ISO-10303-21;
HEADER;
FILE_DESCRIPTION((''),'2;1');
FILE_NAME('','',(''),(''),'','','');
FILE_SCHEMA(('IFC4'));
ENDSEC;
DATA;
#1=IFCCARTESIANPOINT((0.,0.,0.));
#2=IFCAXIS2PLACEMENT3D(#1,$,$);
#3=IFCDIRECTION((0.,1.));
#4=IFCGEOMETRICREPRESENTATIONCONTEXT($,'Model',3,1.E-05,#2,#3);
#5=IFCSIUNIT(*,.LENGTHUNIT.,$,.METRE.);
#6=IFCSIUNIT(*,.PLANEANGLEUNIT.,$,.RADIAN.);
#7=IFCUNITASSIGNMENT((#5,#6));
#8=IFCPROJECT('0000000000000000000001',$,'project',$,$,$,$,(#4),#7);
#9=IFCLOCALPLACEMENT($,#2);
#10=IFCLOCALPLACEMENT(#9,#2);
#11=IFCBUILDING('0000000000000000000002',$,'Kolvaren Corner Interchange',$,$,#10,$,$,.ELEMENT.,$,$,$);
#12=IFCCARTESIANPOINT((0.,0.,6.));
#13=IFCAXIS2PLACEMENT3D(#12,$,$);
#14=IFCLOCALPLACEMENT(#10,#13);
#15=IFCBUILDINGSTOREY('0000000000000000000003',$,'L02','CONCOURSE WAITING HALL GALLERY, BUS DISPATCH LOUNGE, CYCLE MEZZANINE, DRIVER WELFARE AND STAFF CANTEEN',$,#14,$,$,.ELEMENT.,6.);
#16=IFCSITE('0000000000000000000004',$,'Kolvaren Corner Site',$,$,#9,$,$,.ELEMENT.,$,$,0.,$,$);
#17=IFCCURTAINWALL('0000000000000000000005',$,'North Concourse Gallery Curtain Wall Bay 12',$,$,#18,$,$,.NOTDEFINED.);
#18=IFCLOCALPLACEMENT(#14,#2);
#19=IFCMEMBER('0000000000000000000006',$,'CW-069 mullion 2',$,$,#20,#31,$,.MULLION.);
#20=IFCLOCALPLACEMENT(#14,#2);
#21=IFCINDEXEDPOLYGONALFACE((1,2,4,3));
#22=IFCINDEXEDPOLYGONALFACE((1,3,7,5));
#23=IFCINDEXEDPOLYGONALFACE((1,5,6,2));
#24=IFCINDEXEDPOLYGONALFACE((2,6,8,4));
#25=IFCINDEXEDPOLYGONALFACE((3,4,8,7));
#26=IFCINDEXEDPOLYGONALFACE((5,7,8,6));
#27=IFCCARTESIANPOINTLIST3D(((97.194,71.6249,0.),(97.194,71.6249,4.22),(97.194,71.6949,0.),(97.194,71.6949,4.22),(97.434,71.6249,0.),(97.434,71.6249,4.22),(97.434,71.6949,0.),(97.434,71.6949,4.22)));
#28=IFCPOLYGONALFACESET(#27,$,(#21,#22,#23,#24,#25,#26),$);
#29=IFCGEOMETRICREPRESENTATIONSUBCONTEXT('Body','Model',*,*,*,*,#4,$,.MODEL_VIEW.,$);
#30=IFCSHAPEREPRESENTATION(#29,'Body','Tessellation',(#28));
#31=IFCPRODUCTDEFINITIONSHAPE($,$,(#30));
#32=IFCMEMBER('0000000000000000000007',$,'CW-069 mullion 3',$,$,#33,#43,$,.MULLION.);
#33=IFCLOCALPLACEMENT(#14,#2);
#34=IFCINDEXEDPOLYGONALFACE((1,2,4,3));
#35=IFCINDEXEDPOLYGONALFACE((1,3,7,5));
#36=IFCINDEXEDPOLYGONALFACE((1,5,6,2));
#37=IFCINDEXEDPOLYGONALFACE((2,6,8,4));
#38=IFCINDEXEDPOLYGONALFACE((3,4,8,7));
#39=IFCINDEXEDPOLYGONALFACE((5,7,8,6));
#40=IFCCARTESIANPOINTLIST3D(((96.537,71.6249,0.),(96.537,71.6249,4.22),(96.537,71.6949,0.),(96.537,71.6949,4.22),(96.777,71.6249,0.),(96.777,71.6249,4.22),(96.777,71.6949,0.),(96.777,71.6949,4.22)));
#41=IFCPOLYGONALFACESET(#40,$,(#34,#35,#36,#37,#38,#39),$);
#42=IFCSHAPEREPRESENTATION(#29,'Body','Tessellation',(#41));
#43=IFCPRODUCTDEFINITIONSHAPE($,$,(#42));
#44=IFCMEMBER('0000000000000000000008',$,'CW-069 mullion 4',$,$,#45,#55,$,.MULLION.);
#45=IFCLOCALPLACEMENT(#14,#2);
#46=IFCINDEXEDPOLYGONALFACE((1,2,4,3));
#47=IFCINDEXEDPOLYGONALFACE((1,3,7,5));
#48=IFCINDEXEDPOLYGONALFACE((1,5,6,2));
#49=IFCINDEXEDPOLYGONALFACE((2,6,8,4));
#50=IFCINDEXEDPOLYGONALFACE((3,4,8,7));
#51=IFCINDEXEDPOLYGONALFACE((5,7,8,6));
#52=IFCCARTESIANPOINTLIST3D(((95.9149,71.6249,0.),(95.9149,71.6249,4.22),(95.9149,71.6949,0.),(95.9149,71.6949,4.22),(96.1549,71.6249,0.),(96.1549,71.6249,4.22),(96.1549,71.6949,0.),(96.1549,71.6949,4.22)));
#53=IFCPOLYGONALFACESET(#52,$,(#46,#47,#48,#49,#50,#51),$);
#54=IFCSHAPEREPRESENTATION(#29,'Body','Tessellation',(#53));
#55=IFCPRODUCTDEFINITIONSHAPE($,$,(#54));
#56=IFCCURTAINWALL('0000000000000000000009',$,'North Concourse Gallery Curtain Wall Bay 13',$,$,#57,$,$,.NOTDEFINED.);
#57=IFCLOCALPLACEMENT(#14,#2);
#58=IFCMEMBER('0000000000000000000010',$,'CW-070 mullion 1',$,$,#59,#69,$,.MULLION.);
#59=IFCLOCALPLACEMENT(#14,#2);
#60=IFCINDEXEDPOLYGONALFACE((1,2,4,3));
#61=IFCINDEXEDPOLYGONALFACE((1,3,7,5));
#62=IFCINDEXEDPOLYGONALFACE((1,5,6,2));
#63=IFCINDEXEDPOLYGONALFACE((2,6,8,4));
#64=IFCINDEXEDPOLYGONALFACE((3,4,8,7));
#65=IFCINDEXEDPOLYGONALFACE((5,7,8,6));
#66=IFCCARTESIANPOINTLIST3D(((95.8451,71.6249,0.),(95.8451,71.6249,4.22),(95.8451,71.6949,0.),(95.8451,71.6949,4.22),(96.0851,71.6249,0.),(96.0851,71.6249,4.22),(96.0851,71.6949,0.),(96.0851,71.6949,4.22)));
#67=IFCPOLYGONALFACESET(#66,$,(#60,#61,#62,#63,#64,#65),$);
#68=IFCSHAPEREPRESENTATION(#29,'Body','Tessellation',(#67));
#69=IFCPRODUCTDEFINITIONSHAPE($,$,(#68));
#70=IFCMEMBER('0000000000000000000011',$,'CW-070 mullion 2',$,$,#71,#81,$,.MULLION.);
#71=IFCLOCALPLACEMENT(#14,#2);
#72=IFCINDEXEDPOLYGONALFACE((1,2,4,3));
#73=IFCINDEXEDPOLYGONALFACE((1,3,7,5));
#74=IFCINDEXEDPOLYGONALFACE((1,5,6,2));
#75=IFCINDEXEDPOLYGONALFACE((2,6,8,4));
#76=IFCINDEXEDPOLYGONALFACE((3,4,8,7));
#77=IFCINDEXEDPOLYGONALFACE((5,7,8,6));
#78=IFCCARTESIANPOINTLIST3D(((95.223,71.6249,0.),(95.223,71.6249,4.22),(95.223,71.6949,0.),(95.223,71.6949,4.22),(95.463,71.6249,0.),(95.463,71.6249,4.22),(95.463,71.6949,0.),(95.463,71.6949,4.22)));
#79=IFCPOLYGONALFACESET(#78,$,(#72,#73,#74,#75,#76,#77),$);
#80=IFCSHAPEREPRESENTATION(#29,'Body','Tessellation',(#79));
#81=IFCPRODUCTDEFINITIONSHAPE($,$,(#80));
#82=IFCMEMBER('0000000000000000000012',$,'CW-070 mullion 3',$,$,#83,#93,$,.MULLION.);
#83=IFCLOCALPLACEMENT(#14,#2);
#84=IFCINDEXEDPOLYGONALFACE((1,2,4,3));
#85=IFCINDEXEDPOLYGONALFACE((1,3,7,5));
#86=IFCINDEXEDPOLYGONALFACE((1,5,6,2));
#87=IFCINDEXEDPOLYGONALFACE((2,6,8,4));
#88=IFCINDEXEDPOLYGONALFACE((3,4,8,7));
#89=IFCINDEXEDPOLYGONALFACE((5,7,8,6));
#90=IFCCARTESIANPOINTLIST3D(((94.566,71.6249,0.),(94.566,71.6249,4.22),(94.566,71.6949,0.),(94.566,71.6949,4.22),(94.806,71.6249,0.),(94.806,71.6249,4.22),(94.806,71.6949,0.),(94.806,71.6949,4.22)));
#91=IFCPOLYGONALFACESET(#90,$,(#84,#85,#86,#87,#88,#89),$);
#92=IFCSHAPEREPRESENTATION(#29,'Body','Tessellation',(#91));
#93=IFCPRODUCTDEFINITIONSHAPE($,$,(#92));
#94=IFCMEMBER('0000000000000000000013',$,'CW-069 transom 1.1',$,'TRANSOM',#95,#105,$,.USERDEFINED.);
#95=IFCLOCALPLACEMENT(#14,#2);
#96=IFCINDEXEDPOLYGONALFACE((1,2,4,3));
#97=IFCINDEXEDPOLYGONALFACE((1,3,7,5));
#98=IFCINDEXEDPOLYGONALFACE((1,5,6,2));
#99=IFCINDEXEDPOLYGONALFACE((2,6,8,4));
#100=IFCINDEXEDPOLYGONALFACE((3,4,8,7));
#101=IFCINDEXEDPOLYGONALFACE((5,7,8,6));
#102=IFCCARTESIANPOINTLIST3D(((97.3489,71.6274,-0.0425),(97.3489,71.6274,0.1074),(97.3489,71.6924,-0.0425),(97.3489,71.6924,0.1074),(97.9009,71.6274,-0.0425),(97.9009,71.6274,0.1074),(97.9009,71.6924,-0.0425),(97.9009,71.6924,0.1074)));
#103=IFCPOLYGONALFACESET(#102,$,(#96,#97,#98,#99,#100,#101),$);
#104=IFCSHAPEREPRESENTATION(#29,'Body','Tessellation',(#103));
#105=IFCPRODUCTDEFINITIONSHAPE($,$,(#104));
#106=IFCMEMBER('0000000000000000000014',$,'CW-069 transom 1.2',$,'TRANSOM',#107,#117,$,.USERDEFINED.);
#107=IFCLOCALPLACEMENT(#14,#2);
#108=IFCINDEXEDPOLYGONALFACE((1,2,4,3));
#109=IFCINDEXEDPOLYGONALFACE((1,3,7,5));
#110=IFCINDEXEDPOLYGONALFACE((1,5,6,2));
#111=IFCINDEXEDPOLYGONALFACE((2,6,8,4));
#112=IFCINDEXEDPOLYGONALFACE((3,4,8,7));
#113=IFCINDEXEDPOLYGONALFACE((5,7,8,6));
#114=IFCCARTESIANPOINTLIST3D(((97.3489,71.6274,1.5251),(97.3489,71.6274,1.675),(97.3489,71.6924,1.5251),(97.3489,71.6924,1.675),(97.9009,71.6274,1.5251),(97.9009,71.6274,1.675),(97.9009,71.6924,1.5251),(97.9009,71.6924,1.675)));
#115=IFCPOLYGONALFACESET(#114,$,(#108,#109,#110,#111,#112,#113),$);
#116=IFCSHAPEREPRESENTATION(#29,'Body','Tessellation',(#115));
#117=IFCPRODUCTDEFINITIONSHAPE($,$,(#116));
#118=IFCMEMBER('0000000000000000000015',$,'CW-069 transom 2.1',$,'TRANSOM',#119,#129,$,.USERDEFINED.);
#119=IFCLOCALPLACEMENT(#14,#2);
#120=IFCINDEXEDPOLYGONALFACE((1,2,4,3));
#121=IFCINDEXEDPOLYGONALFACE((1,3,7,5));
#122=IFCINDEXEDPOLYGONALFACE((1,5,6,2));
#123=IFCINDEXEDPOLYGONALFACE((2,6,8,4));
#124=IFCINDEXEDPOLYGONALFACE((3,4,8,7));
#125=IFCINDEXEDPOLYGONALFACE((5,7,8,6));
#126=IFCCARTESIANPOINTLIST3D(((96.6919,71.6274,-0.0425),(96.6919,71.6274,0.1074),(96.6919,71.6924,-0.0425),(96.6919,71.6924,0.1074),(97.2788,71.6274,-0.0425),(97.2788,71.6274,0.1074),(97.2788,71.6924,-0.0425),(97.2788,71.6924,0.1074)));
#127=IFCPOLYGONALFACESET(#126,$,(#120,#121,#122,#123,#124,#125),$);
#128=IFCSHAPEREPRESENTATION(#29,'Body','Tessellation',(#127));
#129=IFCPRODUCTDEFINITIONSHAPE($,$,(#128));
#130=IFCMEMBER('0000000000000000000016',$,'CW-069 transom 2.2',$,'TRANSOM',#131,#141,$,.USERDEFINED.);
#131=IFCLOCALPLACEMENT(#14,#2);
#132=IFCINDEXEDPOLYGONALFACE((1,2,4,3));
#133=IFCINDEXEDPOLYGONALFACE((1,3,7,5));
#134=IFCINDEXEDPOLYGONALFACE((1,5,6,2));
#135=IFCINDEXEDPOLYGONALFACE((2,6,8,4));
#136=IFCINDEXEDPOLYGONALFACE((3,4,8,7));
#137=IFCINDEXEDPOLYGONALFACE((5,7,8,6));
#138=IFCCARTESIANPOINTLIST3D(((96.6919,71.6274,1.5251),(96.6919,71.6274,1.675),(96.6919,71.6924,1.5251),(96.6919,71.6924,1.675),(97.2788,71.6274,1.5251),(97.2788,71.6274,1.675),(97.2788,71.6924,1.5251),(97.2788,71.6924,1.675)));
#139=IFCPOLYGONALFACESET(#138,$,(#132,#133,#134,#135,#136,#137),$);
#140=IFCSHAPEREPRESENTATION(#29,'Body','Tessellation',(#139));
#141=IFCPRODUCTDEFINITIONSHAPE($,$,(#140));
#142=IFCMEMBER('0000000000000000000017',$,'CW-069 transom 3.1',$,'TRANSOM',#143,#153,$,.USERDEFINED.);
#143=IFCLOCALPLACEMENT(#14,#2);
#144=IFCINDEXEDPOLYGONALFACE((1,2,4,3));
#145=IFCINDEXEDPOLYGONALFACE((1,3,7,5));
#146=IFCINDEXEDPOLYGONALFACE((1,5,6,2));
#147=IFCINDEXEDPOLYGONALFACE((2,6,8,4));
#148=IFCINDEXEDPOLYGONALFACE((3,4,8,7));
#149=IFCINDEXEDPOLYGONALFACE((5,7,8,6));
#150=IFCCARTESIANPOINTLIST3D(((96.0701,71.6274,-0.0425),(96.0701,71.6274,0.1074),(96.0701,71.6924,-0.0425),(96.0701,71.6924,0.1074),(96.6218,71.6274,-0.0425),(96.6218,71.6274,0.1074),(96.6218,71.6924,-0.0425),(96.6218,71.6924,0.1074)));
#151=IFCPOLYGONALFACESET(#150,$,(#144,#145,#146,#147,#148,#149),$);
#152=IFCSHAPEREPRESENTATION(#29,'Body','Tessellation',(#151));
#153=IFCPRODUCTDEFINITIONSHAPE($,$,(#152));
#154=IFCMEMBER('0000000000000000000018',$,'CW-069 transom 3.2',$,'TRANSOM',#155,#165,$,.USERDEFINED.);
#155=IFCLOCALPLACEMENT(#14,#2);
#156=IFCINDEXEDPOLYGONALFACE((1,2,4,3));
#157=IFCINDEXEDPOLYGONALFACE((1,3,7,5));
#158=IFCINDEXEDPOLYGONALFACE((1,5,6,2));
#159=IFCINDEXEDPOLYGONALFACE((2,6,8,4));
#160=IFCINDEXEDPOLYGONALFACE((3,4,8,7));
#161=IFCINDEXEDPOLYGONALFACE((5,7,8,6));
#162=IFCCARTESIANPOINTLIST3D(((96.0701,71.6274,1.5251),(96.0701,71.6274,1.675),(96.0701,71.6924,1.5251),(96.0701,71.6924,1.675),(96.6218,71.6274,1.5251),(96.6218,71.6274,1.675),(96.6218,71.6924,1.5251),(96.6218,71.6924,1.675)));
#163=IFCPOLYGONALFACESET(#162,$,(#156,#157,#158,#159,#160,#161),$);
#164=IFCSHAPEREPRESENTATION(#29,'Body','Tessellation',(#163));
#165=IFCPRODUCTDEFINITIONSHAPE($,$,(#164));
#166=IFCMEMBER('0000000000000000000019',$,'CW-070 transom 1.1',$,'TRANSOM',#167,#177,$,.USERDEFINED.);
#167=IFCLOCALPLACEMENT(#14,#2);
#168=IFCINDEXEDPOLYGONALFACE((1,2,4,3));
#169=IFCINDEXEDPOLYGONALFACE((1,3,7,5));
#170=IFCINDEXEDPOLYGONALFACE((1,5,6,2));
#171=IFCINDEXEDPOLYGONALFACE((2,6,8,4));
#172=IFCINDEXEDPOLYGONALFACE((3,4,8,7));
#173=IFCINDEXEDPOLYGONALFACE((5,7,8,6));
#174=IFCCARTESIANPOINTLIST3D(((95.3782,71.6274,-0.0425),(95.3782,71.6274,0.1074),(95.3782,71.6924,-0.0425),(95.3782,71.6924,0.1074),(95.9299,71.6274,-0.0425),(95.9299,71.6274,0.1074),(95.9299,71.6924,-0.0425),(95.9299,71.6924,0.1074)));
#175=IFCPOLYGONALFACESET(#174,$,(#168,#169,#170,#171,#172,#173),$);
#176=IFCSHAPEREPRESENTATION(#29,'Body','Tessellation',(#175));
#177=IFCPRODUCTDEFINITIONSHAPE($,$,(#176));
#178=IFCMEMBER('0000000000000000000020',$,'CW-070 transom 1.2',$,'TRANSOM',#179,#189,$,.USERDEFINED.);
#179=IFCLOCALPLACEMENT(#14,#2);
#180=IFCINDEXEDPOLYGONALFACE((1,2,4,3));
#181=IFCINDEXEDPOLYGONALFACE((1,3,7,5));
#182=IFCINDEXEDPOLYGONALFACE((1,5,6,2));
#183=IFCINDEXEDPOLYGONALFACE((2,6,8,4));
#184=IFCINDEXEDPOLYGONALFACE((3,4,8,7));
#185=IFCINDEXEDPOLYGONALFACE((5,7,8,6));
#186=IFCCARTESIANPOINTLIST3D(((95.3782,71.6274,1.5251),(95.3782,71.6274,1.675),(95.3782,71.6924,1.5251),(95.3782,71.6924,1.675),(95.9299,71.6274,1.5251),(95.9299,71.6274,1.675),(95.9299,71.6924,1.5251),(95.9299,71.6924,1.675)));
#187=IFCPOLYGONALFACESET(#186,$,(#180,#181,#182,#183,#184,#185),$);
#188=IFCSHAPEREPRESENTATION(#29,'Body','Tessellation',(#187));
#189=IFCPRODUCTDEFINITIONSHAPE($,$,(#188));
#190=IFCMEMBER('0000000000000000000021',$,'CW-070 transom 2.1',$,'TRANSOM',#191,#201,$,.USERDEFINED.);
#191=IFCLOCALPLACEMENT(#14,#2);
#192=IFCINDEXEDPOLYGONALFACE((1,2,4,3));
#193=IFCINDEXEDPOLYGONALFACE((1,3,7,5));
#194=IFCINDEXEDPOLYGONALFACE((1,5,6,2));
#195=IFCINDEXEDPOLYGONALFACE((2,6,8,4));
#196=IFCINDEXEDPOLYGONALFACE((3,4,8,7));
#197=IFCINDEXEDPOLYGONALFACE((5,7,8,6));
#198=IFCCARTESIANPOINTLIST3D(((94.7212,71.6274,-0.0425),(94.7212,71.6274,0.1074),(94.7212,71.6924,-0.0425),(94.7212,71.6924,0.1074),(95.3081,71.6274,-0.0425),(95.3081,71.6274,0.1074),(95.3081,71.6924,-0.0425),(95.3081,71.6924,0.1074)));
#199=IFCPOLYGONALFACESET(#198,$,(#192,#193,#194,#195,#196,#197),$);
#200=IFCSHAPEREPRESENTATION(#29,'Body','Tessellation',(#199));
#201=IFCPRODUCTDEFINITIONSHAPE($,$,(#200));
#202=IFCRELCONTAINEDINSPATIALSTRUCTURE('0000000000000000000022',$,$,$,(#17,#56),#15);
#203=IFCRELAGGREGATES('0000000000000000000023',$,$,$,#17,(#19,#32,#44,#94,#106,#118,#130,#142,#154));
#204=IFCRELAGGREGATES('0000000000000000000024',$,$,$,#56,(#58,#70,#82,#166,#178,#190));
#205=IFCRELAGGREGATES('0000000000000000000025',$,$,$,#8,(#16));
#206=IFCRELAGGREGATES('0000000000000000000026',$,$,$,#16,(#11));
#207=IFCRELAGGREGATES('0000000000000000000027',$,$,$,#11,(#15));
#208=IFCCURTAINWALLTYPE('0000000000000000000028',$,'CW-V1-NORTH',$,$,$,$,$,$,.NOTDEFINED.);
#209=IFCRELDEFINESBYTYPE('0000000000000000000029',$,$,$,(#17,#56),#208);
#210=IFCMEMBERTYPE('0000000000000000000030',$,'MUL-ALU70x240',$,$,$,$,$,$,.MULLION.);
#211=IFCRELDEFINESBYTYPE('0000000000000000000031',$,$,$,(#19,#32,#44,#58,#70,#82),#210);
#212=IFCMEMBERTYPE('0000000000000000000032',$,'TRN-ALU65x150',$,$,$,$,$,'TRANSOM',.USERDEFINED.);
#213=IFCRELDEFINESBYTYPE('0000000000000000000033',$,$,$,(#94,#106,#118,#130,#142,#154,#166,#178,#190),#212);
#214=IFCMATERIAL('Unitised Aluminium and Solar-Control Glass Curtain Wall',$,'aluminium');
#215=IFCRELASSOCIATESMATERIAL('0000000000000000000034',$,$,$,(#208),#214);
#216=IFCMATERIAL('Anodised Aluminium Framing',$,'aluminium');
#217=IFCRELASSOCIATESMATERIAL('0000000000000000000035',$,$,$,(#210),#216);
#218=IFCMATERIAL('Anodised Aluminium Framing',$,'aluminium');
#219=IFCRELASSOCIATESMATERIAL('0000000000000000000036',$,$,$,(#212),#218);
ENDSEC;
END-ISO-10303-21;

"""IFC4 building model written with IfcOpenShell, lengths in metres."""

from ifc_helpers import new_model, si_unit, direction, frame, origin, origin_2d, place, context, subcontext, project, spatial, rectangle, extrude, material, material_profile, profile_set, type_object, element, aggregate, save


model = new_model("IFC4")

# Units and contexts
model_context = context("Model", 3, precision=1e-05, world=origin(), true_north=direction((0.0, 1.0)))
body_context = subcontext(model_context, "Body", "Model", "MODEL_VIEW")
ifc_project = project(units=[si_unit("LENGTHUNIT", "METRE"), si_unit("PLANEANGLEUNIT", "RADIAN")], contexts=[model_context])

# Site, building, storey
site_placement = place(None, origin())
site = spatial("IfcSite", under=ifc_project, at=site_placement, Name="Kolvaren Corner Site", CompositionType="ELEMENT", RefElevation=0.0)
building_placement = place(site_placement, origin())
building = spatial("IfcBuilding", under=site, at=building_placement, Name="Kolvaren Corner Interchange", CompositionType="ELEMENT")
storey_placement = place(building_placement, frame((0.0, 0.0, 6.0)))
storey = spatial("IfcBuildingStorey", under=building, at=storey_placement, Name="L02", Description="CONCOURSE WAITING HALL GALLERY, BUS DISPATCH LOUNGE, CYCLE MEZZANINE, DRIVER WELFARE AND STAFF CANTEEN", CompositionType="ELEMENT", Elevation=6.0)

# Curtain walls, members
ifc_material_1 = material(Name="Unitised Aluminium and Solar-Control Glass Curtain Wall", Category="aluminium")
curtain_wall_type = type_object("IfcCurtainWallType", Name="CW-V1-NORTH", PredefinedType="NOTDEFINED", material=ifc_material_1)
curtain_wall_1_placement = place(storey_placement, origin())
curtain_wall_1 = element("IfcCurtainWall", 1, at=curtain_wall_1_placement, inside=storey, type_object=curtain_wall_type, Name="North Concourse Gallery Curtain Wall Bay 12", PredefinedType="NOTDEFINED")
ifc_material_2 = material(Name="Anodised Aluminium Framing", Category="aluminium")
ifc_material_profile_1 = material_profile(ifc_material_2, rectangle(XDim=0.0701, YDim=0.24, at=origin_2d()), Name="ALU 70x240")
ifc_profile_set_1 = profile_set([ifc_material_profile_1], Name="Anodised Aluminium Framing")
member_type_1 = type_object("IfcMemberType", Name="MUL-ALU70x240", PredefinedType="MULLION", material=ifc_profile_set_1)
member_1_placement = place(storey_placement, frame((97.314, 71.6599, 0.0), z_axis=(0.0, 0.0, 1.0), x_axis=(0.0, -1.0, 0.0)))
member_1 = element("IfcMember", 2, at=member_1_placement, type_object=member_type_1, Name="CW-069 mullion 2", PredefinedType="MULLION", context=body_context, shape_type="SweptSolid", body=[
    extrude(rectangle(XDim=0.0701, YDim=0.24, at=origin_2d()), origin(), (0.0, 0.0, 1.0), 4.22),
])
member_2_placement = place(storey_placement, frame((96.657, 71.6599, 0.0), z_axis=(0.0, 0.0, 1.0), x_axis=(0.0, -1.0, 0.0)))
member_2 = element("IfcMember", 3, at=member_2_placement, type_object=member_type_1, Name="CW-069 mullion 3", PredefinedType="MULLION", context=body_context, shape_type="SweptSolid", body=[
    extrude(rectangle(XDim=0.0701, YDim=0.24, at=origin_2d()), origin(), (0.0, 0.0, 1.0), 4.22),
])
member_3_placement = place(storey_placement, frame((96.0349, 71.6599, 0.0), z_axis=(0.0, 0.0, 1.0), x_axis=(0.0, -1.0, 0.0)))
member_3 = element("IfcMember", 4, at=member_3_placement, type_object=member_type_1, Name="CW-069 mullion 4", PredefinedType="MULLION", context=body_context, shape_type="SweptSolid", body=[
    extrude(rectangle(XDim=0.0701, YDim=0.24, at=origin_2d()), origin(), (0.0, 0.0, 1.0), 4.22),
])
curtain_wall_2_placement = place(storey_placement, origin())
curtain_wall_2 = element("IfcCurtainWall", 5, at=curtain_wall_2_placement, inside=storey, type_object=curtain_wall_type, Name="North Concourse Gallery Curtain Wall Bay 13", PredefinedType="NOTDEFINED")
member_4_placement = place(storey_placement, frame((95.9651, 71.6599, 0.0), z_axis=(0.0, 0.0, 1.0), x_axis=(0.0, -1.0, 0.0)))
member_4 = element("IfcMember", 6, at=member_4_placement, type_object=member_type_1, Name="CW-070 mullion 1", PredefinedType="MULLION", context=body_context, shape_type="SweptSolid", body=[
    extrude(rectangle(XDim=0.0701, YDim=0.24, at=origin_2d()), origin(), (0.0, 0.0, 1.0), 4.22),
])
member_5_placement = place(storey_placement, frame((95.343, 71.6599, 0.0), z_axis=(0.0, 0.0, 1.0), x_axis=(0.0, -1.0, 0.0)))
member_5 = element("IfcMember", 7, at=member_5_placement, type_object=member_type_1, Name="CW-070 mullion 2", PredefinedType="MULLION", context=body_context, shape_type="SweptSolid", body=[
    extrude(rectangle(XDim=0.0701, YDim=0.24, at=origin_2d()), origin(), (0.0, 0.0, 1.0), 4.22),
])
member_6_placement = place(storey_placement, frame((94.686, 71.6599, 0.0), z_axis=(0.0, 0.0, 1.0), x_axis=(0.0, -1.0, 0.0)))
member_6 = element("IfcMember", 8, at=member_6_placement, type_object=member_type_1, Name="CW-070 mullion 3", PredefinedType="MULLION", context=body_context, shape_type="SweptSolid", body=[
    extrude(rectangle(XDim=0.0701, YDim=0.24, at=origin_2d()), origin(), (0.0, 0.0, 1.0), 4.22),
])

# Members
ifc_material_3 = material(Name="Anodised Aluminium Framing", Category="aluminium")
ifc_material_profile_2 = material_profile(ifc_material_3, rectangle(XDim=0.0649, YDim=0.1499, at=origin_2d()), Name="ALU 65x150")
ifc_profile_set_2 = profile_set([ifc_material_profile_2], Name="Anodised Aluminium Framing")
member_type_2 = type_object("IfcMemberType", Name="TRN-ALU65x150", ElementType="TRANSOM", PredefinedType="USERDEFINED", material=ifc_profile_set_2)
member_7_placement = place(storey_placement, frame((97.9009, 71.6599, 0.0325), z_axis=(-1.0, 0.0, 0.0), x_axis=(0.0, -1.0, 0.0)))
member_7 = element("IfcMember", 9, at=member_7_placement, type_object=member_type_2, Name="CW-069 transom 1.1", ObjectType="TRANSOM", PredefinedType="USERDEFINED", context=body_context, shape_type="SweptSolid", body=[
    extrude(rectangle(XDim=0.0649, YDim=0.1499, at=origin_2d()), origin(), (0.0, 0.0, 1.0), 0.552),
])
member_8_placement = place(storey_placement, frame((97.9009, 71.6599, 1.6001), z_axis=(-1.0, 0.0, 0.0), x_axis=(0.0, -1.0, 0.0)))
member_8 = element("IfcMember", 10, at=member_8_placement, type_object=member_type_2, Name="CW-069 transom 1.2", ObjectType="TRANSOM", PredefinedType="USERDEFINED", context=body_context, shape_type="SweptSolid", body=[
    extrude(rectangle(XDim=0.0649, YDim=0.1499, at=origin_2d()), origin(), (0.0, 0.0, 1.0), 0.552),
])
member_9_placement = place(storey_placement, frame((97.2788, 71.6599, 0.0325), z_axis=(-1.0, 0.0, 0.0), x_axis=(0.0, -1.0, 0.0)))
member_9 = element("IfcMember", 11, at=member_9_placement, type_object=member_type_2, Name="CW-069 transom 2.1", ObjectType="TRANSOM", PredefinedType="USERDEFINED", context=body_context, shape_type="SweptSolid", body=[
    extrude(rectangle(XDim=0.0649, YDim=0.1499, at=origin_2d()), origin(), (0.0, 0.0, 1.0), 0.5869),
])
member_10_placement = place(storey_placement, frame((97.2788, 71.6599, 1.6001), z_axis=(-1.0, 0.0, 0.0), x_axis=(0.0, -1.0, 0.0)))
member_10 = element("IfcMember", 12, at=member_10_placement, type_object=member_type_2, Name="CW-069 transom 2.2", ObjectType="TRANSOM", PredefinedType="USERDEFINED", context=body_context, shape_type="SweptSolid", body=[
    extrude(rectangle(XDim=0.0649, YDim=0.1499, at=origin_2d()), origin(), (0.0, 0.0, 1.0), 0.5869),
])
member_11_placement = place(storey_placement, frame((96.6218, 71.6599, 0.0325), z_axis=(-1.0, 0.0, 0.0), x_axis=(0.0, -1.0, 0.0)))
member_11 = element("IfcMember", 13, at=member_11_placement, type_object=member_type_2, Name="CW-069 transom 3.1", ObjectType="TRANSOM", PredefinedType="USERDEFINED", context=body_context, shape_type="SweptSolid", body=[
    extrude(rectangle(XDim=0.0649, YDim=0.1499, at=origin_2d()), origin(), (0.0, 0.0, 1.0), 0.5518),
])
member_12_placement = place(storey_placement, frame((96.6218, 71.6599, 1.6001), z_axis=(-1.0, 0.0, 0.0), x_axis=(0.0, -1.0, 0.0)))
member_12 = element("IfcMember", 14, at=member_12_placement, type_object=member_type_2, Name="CW-069 transom 3.2", ObjectType="TRANSOM", PredefinedType="USERDEFINED", context=body_context, shape_type="SweptSolid", body=[
    extrude(rectangle(XDim=0.0649, YDim=0.1499, at=origin_2d()), origin(), (0.0, 0.0, 1.0), 0.5518),
])
member_13_placement = place(storey_placement, frame((95.9299, 71.6599, 0.0325), z_axis=(-1.0, 0.0, 0.0), x_axis=(0.0, -1.0, 0.0)))
member_13 = element("IfcMember", 15, at=member_13_placement, type_object=member_type_2, Name="CW-070 transom 1.1", ObjectType="TRANSOM", PredefinedType="USERDEFINED", context=body_context, shape_type="SweptSolid", body=[
    extrude(rectangle(XDim=0.0649, YDim=0.1499, at=origin_2d()), origin(), (0.0, 0.0, 1.0), 0.5518),
])
member_14_placement = place(storey_placement, frame((95.9299, 71.6599, 1.6001), z_axis=(-1.0, 0.0, 0.0), x_axis=(0.0, -1.0, 0.0)))
member_14 = element("IfcMember", 16, at=member_14_placement, type_object=member_type_2, Name="CW-070 transom 1.2", ObjectType="TRANSOM", PredefinedType="USERDEFINED", context=body_context, shape_type="SweptSolid", body=[
    extrude(rectangle(XDim=0.0649, YDim=0.1499, at=origin_2d()), origin(), (0.0, 0.0, 1.0), 0.5518),
])
member_15_placement = place(storey_placement, frame((95.3081, 71.6599, 0.0325), z_axis=(-1.0, 0.0, 0.0), x_axis=(0.0, -1.0, 0.0)))
member_15 = element("IfcMember", 17, at=member_15_placement, type_object=member_type_2, Name="CW-070 transom 2.1", ObjectType="TRANSOM", PredefinedType="USERDEFINED", context=body_context, shape_type="SweptSolid", body=[
    extrude(rectangle(XDim=0.0649, YDim=0.1499, at=origin_2d()), origin(), (0.0, 0.0, 1.0), 0.5869),
])

aggregate(curtain_wall_1, [member_1, member_2, member_3, member_7, member_8, member_9, member_10, member_11, member_12])
aggregate(curtain_wall_2, [member_4, member_5, member_6, member_13, member_14, member_15])

save(model, "model.ifc")
